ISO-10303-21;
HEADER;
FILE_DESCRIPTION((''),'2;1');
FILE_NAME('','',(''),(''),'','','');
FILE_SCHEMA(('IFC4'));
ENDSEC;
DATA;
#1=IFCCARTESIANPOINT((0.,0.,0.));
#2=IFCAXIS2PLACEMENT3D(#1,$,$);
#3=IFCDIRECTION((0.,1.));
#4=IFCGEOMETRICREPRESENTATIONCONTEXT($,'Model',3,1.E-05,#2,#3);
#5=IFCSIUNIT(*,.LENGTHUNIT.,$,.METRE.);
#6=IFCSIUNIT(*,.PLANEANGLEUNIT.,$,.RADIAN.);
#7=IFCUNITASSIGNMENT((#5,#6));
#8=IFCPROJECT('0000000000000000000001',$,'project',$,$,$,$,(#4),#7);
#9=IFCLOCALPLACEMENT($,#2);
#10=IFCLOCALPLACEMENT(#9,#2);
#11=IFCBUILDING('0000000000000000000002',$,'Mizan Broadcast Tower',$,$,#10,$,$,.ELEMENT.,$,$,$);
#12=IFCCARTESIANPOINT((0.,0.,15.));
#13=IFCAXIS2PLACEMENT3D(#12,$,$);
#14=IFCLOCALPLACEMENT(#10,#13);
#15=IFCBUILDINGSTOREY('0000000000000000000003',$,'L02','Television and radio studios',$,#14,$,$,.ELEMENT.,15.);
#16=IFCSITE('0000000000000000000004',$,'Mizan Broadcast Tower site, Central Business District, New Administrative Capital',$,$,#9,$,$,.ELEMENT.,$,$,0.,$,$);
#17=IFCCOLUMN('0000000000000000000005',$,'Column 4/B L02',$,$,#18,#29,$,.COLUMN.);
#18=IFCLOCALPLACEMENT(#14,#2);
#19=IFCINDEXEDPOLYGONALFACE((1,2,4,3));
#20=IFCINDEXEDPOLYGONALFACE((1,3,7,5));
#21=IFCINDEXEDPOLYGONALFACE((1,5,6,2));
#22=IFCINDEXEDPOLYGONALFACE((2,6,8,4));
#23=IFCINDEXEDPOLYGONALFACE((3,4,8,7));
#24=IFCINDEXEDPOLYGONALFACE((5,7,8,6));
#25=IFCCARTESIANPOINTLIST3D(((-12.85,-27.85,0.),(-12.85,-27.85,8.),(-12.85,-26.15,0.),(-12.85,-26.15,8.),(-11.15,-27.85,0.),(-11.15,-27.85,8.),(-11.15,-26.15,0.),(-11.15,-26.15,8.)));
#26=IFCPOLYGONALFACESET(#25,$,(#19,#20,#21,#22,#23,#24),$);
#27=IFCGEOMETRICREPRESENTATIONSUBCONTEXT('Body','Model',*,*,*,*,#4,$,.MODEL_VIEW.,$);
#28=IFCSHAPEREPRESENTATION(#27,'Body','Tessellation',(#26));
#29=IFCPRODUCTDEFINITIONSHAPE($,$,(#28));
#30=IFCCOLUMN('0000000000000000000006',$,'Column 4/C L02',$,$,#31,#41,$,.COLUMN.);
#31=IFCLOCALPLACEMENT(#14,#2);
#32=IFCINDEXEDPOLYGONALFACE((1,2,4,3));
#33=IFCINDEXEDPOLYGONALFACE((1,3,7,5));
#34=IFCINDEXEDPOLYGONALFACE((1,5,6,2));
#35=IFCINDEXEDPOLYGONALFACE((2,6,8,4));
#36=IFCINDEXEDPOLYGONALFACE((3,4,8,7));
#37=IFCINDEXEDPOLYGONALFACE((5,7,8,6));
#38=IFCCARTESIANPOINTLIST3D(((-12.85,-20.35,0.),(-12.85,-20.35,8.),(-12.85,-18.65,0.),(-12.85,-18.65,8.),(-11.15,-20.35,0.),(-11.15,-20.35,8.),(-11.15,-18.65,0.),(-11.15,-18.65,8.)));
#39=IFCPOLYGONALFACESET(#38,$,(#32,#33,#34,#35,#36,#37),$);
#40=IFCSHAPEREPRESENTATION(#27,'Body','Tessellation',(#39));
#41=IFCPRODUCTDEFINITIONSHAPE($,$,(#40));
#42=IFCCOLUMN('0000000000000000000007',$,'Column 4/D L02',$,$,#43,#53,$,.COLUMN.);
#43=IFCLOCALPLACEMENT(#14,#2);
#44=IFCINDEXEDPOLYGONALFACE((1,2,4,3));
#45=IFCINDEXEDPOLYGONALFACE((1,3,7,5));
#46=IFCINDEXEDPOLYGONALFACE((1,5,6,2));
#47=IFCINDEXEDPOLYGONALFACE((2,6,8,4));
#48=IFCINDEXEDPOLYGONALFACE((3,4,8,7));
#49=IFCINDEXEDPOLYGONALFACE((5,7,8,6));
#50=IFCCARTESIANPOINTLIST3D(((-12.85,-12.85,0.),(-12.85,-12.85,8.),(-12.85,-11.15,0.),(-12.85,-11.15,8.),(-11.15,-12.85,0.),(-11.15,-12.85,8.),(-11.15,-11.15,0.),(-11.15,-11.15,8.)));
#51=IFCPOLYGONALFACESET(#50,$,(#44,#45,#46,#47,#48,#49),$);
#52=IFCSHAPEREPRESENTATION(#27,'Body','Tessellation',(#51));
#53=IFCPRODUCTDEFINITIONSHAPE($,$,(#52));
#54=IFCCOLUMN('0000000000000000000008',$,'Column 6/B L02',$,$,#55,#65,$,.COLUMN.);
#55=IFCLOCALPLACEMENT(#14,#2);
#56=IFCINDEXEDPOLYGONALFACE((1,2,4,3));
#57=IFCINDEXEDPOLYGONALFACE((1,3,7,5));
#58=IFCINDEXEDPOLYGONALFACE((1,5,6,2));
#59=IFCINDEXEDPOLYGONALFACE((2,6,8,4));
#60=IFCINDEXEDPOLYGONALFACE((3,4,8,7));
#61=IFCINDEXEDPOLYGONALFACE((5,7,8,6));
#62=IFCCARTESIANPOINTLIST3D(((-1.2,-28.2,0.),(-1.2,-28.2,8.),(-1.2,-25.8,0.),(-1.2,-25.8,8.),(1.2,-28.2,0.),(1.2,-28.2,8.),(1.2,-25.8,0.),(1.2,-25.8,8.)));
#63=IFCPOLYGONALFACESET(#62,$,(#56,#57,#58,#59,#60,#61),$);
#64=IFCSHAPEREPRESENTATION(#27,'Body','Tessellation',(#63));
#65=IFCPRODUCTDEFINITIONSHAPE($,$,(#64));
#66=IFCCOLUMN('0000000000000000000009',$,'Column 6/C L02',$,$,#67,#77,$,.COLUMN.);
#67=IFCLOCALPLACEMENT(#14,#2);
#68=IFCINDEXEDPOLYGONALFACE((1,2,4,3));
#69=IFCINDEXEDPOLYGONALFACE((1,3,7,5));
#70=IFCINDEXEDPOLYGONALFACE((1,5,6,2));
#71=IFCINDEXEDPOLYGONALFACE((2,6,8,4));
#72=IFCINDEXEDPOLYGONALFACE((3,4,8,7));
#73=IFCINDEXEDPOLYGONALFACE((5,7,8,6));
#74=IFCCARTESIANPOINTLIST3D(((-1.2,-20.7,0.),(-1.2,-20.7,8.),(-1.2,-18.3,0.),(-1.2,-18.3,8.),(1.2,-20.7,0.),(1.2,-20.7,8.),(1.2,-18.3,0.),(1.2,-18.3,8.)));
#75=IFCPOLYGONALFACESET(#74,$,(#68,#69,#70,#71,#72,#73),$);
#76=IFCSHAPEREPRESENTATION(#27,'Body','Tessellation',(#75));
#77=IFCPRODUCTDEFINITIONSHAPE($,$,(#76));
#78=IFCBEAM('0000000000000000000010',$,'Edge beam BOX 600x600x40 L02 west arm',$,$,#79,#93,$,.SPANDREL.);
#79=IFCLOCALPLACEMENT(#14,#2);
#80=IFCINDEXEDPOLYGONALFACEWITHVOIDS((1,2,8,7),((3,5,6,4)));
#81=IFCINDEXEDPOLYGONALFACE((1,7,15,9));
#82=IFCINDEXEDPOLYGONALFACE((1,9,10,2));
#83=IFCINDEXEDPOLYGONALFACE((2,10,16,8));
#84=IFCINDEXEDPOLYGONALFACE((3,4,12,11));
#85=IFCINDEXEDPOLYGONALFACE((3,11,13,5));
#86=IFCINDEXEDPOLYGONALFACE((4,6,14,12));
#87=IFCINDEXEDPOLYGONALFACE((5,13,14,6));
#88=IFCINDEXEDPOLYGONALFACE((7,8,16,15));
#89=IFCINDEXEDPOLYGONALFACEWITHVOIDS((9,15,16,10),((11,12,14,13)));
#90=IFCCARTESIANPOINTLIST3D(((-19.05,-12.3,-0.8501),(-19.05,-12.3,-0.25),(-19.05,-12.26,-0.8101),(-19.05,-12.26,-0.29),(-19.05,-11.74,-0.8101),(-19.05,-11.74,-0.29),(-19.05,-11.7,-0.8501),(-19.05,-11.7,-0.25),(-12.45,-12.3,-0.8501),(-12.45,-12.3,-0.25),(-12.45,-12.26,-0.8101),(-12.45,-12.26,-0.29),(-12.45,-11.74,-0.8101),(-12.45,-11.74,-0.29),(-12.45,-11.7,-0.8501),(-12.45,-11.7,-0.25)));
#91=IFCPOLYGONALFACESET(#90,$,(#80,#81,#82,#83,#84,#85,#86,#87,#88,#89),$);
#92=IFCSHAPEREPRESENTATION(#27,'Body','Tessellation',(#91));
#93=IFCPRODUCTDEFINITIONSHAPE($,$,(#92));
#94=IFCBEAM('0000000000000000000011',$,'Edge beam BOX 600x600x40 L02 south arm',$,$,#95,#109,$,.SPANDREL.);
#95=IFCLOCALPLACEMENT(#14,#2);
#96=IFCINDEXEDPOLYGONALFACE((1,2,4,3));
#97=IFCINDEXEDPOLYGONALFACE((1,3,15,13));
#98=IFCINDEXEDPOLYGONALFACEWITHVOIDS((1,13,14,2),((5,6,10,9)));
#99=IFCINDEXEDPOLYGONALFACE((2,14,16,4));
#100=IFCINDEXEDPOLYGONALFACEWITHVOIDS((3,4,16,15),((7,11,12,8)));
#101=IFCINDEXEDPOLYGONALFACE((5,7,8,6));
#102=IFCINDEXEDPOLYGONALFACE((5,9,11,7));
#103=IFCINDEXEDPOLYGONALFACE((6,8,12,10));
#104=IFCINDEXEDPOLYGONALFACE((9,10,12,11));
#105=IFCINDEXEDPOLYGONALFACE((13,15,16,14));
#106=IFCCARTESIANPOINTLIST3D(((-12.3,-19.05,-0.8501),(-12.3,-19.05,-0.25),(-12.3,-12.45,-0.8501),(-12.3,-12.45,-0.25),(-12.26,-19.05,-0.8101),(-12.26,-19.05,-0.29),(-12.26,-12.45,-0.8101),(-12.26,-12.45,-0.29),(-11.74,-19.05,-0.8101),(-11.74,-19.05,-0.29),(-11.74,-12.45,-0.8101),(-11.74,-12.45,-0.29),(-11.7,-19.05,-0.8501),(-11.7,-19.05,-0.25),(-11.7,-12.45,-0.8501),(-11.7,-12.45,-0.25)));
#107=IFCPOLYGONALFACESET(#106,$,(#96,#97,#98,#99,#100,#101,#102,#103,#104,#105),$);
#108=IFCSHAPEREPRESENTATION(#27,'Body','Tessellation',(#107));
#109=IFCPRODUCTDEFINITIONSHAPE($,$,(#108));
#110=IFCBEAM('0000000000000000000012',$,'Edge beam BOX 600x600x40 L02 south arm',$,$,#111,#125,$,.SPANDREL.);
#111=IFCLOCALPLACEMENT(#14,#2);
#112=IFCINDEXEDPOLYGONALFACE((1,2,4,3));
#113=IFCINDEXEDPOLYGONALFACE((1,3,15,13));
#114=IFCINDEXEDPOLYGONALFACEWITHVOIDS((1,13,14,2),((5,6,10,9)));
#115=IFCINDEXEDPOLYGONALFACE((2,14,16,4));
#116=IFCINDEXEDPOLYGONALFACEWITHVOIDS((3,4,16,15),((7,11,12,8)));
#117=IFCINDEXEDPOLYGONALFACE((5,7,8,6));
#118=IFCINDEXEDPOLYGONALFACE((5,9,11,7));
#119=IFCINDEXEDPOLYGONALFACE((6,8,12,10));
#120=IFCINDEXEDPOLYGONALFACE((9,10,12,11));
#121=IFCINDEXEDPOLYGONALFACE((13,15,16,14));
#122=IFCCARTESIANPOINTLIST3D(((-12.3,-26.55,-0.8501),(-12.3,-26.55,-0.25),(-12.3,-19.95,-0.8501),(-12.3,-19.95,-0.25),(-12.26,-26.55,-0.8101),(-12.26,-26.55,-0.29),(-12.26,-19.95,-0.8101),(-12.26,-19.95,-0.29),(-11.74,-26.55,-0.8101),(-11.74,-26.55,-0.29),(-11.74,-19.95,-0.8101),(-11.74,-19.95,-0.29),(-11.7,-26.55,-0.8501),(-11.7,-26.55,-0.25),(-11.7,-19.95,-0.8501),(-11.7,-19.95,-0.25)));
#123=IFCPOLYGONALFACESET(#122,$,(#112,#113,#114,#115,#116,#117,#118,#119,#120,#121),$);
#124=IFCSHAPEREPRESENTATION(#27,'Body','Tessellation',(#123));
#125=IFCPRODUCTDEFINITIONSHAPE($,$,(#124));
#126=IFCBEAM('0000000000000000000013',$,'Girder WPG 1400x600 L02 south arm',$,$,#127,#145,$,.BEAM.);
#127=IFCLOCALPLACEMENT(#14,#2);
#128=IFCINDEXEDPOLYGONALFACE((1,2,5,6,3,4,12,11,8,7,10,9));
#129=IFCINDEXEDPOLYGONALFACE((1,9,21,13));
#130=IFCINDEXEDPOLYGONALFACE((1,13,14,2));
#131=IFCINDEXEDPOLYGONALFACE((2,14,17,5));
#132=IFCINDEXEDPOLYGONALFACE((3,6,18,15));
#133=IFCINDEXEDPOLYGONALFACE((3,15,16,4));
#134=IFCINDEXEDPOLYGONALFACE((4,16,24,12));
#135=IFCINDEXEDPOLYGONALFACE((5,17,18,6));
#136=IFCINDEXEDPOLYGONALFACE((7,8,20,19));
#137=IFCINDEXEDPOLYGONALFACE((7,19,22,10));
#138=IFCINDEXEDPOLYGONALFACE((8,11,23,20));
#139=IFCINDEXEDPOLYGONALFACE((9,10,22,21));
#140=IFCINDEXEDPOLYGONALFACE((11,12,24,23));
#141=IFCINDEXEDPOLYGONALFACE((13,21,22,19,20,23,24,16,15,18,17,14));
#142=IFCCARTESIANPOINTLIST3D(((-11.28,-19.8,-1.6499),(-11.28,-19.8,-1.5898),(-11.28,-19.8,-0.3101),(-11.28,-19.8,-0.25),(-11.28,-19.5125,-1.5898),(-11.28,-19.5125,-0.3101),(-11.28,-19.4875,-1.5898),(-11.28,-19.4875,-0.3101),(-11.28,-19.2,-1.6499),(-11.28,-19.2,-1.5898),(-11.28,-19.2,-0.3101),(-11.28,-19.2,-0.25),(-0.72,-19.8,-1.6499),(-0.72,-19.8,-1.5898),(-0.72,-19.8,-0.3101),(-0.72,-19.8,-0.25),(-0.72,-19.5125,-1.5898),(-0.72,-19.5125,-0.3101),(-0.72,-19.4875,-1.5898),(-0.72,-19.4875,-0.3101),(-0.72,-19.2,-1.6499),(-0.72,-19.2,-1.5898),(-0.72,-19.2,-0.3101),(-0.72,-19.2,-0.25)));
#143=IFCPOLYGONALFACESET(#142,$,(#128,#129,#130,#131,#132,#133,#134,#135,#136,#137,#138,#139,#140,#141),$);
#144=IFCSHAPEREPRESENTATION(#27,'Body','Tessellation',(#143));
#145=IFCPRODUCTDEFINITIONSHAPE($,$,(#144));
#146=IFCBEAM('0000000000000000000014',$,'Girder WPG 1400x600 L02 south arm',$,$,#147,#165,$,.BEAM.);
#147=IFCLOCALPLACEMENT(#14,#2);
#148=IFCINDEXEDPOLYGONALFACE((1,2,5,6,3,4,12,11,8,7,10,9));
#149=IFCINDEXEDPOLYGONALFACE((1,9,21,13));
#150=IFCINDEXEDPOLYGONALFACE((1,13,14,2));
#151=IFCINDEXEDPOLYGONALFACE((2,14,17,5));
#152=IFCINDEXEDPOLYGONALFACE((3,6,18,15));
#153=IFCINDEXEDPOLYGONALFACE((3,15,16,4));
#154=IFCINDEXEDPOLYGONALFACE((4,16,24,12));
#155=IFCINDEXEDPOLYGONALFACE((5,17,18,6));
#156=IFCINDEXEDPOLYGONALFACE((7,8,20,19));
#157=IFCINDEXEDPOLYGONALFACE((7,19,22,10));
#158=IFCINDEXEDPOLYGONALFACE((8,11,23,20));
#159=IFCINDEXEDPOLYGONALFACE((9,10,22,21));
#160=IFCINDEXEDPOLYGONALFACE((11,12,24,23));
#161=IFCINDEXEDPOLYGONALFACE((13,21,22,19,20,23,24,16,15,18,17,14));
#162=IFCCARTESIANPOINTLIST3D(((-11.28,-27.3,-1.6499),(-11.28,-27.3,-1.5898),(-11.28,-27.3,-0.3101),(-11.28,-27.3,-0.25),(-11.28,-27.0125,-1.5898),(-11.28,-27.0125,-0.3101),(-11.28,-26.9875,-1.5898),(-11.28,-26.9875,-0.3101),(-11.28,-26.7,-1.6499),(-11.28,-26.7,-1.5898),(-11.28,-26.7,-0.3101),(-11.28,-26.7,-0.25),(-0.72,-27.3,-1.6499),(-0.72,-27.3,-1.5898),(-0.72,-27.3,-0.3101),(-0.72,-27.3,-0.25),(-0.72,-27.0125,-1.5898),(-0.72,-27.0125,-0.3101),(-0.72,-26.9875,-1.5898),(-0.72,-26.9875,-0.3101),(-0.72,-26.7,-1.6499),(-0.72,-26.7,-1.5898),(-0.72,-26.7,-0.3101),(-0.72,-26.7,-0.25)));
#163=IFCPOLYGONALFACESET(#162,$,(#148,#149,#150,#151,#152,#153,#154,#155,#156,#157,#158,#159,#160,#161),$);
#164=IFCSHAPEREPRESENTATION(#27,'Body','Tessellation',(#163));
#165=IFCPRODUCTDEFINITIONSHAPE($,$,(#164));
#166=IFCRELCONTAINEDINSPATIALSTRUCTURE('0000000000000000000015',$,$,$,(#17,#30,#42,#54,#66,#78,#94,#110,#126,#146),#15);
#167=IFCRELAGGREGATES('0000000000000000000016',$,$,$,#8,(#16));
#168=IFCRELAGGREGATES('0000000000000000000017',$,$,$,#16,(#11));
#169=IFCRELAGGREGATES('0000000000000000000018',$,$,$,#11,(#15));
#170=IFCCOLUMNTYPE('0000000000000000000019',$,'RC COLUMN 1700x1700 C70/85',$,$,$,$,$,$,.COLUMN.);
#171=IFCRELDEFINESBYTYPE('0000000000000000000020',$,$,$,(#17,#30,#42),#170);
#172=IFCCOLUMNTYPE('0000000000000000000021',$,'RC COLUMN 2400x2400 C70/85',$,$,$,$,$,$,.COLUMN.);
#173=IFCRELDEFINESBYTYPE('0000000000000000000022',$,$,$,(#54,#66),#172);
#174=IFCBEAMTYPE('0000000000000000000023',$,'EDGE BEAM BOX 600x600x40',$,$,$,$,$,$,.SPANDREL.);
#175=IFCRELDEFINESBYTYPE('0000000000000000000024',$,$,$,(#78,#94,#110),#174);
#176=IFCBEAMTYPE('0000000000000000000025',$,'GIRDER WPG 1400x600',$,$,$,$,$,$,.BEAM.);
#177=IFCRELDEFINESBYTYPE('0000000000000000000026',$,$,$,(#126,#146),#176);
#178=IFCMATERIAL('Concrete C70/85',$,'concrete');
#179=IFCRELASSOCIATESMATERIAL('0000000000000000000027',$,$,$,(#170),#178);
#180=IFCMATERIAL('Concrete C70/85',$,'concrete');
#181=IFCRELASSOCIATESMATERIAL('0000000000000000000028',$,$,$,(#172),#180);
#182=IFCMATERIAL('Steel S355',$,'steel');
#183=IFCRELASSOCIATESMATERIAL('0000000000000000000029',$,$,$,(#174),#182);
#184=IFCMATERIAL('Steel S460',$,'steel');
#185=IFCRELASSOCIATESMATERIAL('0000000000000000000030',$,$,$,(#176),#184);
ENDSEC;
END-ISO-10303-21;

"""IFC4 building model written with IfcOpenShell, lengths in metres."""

from ifc_helpers import new_model, si_unit, direction, frame, origin, origin_2d, place, context, subcontext, project, spatial, rectangle, hollow_rectangle, i_section, extrude, material, material_profile, profile_set, type_object, element, save


model = new_model("IFC4")

# Units and contexts
model_context = context("Model", 3, precision=1e-05, world=origin(), true_north=direction((0.0, 1.0)))
body_context = subcontext(model_context, "Body", "Model", "MODEL_VIEW")
ifc_project = project(units=[si_unit("LENGTHUNIT", "METRE"), si_unit("PLANEANGLEUNIT", "RADIAN")], contexts=[model_context])

# Site, building, storey
site_placement = place(None, origin())
site = spatial("IfcSite", under=ifc_project, at=site_placement, Name="Mizan Broadcast Tower site, Central Business District, New Administrative Capital", CompositionType="ELEMENT", RefElevation=0.0)
building_placement = place(site_placement, origin())
building = spatial("IfcBuilding", under=site, at=building_placement, Name="Mizan Broadcast Tower", CompositionType="ELEMENT")
storey_placement = place(building_placement, frame((0.0, 0.0, 15.0)))
storey = spatial("IfcBuildingStorey", under=building, at=storey_placement, Name="L02", Description="Television and radio studios", CompositionType="ELEMENT", Elevation=15.0)

# Columns
ifc_material_1 = material(Name="Concrete C70/85", Category="concrete")
ifc_material_profile_1 = material_profile(ifc_material_1, rectangle(XDim=1.7, YDim=1.7, at=origin_2d()), Name="RC 1700x1700")
ifc_profile_set_1 = profile_set([ifc_material_profile_1], Name="Concrete C70/85")
column_type_1 = type_object("IfcColumnType", Name="RC COLUMN 1700x1700 C70/85", PredefinedType="COLUMN", material=ifc_profile_set_1)
for number, where, z_axis, x_axis, name in (
    (1, (-12.0, -27.0, 0.0), (0.0, 0.0, 1.0), (1.0, 0.0, 0.0), "Column 4/B L02"),
    (2, (-12.0, -19.5, 0.0), (0.0, 0.0, 1.0), (1.0, 0.0, 0.0), "Column 4/C L02"),
    (3, (-12.0, -12.0, 0.0), (0.0, 0.0, 1.0), (1.0, 0.0, 0.0), "Column 4/D L02"),
):
    element("IfcColumn", number, at=place(storey_placement, frame(where, z_axis=z_axis, x_axis=x_axis)), inside=storey, type_object=column_type_1, Name=name, PredefinedType="COLUMN", context=body_context, shape_type="SweptSolid", body=[
        extrude(rectangle(XDim=1.7, YDim=1.7, at=origin_2d()), origin(), (0.0, 0.0, 1.0), 8.0),
    ])
ifc_material_2 = material(Name="Concrete C70/85", Category="concrete")
ifc_material_profile_2 = material_profile(ifc_material_2, rectangle(XDim=2.3999, YDim=2.3999, at=origin_2d()), Name="RC 2400x2400")
ifc_profile_set_2 = profile_set([ifc_material_profile_2], Name="Concrete C70/85")
column_type_2 = type_object("IfcColumnType", Name="RC COLUMN 2400x2400 C70/85", PredefinedType="COLUMN", material=ifc_profile_set_2)
for number, where, z_axis, x_axis, name in (
    (4, (0.0, -27.0, 0.0), (0.0, 0.0, 1.0), (1.0, 0.0, 0.0), "Column 6/B L02"),
    (5, (0.0, -19.5, 0.0), (0.0, 0.0, 1.0), (1.0, 0.0, 0.0), "Column 6/C L02"),
):
    element("IfcColumn", number, at=place(storey_placement, frame(where, z_axis=z_axis, x_axis=x_axis)), inside=storey, type_object=column_type_2, Name=name, PredefinedType="COLUMN", context=body_context, shape_type="SweptSolid", body=[
        extrude(rectangle(XDim=2.3999, YDim=2.3999, at=origin_2d()), origin(), (0.0, 0.0, 1.0), 8.0),
    ])

# Beams
ifc_material_3 = material(Name="Steel S355", Category="steel")
ifc_material_profile_3 = material_profile(ifc_material_3, hollow_rectangle(XDim=0.6001, YDim=0.6001, WallThickness=0.04, at=origin_2d()), Name="BOX 600x600x40")
ifc_profile_set_3 = profile_set([ifc_material_profile_3], Name="Steel S355")
beam_type_1 = type_object("IfcBeamType", Name="EDGE BEAM BOX 600x600x40", PredefinedType="SPANDREL", material=ifc_profile_set_3)
for number, where, z_axis, x_axis, name in (
    (6, (-12.45, -12.0, -0.55), (-1.0, 0.0, 0.0), (0.0, -1.0, 0.0), "Edge beam BOX 600x600x40 L02 west arm"),
    (7, (-12.0, -12.45, -0.55), (0.0, -1.0, 0.0), (1.0, 0.0, 0.0), "Edge beam BOX 600x600x40 L02 south arm"),
    (8, (-12.0, -19.95, -0.55), (0.0, -1.0, 0.0), (1.0, 0.0, 0.0), "Edge beam BOX 600x600x40 L02 south arm"),
):
    element("IfcBeam", number, at=place(storey_placement, frame(where, z_axis=z_axis, x_axis=x_axis)), inside=storey, type_object=beam_type_1, Name=name, PredefinedType="SPANDREL", context=body_context, shape_type="SweptSolid", body=[
        extrude(hollow_rectangle(XDim=0.6001, YDim=0.6001, WallThickness=0.04, at=origin_2d()), origin(), (0.0, 0.0, 1.0), 6.6001),
    ])
ifc_material_4 = material(Name="Steel S460", Category="steel")
ifc_material_profile_4 = material_profile(ifc_material_4, i_section(OverallWidth=0.6001, OverallDepth=1.3999, WebThickness=0.0249, FlangeThickness=0.0601, at=origin_2d()), Name="WPG 1400x600")
ifc_profile_set_4 = profile_set([ifc_material_profile_4], Name="Steel S460")
beam_type_2 = type_object("IfcBeamType", Name="GIRDER WPG 1400x600", PredefinedType="BEAM", material=ifc_profile_set_4)
for number, where, z_axis, x_axis, name in (
    (9, (-11.28, -19.5, -0.95), (1.0, 0.0, 0.0), (0.0, 1.0, 0.0), "Girder WPG 1400x600 L02 south arm"),
    (10, (-11.28, -27.0, -0.95), (1.0, 0.0, 0.0), (0.0, 1.0, 0.0), "Girder WPG 1400x600 L02 south arm"),
):
    element("IfcBeam", number, at=place(storey_placement, frame(where, z_axis=z_axis, x_axis=x_axis)), inside=storey, type_object=beam_type_2, Name=name, PredefinedType="BEAM", context=body_context, shape_type="SweptSolid", body=[
        extrude(i_section(OverallWidth=0.6001, OverallDepth=1.3999, WebThickness=0.0249, FlangeThickness=0.0601, at=origin_2d()), origin(), (0.0, 0.0, 1.0), 10.5601),
    ])

save(model, "model.ifc")
